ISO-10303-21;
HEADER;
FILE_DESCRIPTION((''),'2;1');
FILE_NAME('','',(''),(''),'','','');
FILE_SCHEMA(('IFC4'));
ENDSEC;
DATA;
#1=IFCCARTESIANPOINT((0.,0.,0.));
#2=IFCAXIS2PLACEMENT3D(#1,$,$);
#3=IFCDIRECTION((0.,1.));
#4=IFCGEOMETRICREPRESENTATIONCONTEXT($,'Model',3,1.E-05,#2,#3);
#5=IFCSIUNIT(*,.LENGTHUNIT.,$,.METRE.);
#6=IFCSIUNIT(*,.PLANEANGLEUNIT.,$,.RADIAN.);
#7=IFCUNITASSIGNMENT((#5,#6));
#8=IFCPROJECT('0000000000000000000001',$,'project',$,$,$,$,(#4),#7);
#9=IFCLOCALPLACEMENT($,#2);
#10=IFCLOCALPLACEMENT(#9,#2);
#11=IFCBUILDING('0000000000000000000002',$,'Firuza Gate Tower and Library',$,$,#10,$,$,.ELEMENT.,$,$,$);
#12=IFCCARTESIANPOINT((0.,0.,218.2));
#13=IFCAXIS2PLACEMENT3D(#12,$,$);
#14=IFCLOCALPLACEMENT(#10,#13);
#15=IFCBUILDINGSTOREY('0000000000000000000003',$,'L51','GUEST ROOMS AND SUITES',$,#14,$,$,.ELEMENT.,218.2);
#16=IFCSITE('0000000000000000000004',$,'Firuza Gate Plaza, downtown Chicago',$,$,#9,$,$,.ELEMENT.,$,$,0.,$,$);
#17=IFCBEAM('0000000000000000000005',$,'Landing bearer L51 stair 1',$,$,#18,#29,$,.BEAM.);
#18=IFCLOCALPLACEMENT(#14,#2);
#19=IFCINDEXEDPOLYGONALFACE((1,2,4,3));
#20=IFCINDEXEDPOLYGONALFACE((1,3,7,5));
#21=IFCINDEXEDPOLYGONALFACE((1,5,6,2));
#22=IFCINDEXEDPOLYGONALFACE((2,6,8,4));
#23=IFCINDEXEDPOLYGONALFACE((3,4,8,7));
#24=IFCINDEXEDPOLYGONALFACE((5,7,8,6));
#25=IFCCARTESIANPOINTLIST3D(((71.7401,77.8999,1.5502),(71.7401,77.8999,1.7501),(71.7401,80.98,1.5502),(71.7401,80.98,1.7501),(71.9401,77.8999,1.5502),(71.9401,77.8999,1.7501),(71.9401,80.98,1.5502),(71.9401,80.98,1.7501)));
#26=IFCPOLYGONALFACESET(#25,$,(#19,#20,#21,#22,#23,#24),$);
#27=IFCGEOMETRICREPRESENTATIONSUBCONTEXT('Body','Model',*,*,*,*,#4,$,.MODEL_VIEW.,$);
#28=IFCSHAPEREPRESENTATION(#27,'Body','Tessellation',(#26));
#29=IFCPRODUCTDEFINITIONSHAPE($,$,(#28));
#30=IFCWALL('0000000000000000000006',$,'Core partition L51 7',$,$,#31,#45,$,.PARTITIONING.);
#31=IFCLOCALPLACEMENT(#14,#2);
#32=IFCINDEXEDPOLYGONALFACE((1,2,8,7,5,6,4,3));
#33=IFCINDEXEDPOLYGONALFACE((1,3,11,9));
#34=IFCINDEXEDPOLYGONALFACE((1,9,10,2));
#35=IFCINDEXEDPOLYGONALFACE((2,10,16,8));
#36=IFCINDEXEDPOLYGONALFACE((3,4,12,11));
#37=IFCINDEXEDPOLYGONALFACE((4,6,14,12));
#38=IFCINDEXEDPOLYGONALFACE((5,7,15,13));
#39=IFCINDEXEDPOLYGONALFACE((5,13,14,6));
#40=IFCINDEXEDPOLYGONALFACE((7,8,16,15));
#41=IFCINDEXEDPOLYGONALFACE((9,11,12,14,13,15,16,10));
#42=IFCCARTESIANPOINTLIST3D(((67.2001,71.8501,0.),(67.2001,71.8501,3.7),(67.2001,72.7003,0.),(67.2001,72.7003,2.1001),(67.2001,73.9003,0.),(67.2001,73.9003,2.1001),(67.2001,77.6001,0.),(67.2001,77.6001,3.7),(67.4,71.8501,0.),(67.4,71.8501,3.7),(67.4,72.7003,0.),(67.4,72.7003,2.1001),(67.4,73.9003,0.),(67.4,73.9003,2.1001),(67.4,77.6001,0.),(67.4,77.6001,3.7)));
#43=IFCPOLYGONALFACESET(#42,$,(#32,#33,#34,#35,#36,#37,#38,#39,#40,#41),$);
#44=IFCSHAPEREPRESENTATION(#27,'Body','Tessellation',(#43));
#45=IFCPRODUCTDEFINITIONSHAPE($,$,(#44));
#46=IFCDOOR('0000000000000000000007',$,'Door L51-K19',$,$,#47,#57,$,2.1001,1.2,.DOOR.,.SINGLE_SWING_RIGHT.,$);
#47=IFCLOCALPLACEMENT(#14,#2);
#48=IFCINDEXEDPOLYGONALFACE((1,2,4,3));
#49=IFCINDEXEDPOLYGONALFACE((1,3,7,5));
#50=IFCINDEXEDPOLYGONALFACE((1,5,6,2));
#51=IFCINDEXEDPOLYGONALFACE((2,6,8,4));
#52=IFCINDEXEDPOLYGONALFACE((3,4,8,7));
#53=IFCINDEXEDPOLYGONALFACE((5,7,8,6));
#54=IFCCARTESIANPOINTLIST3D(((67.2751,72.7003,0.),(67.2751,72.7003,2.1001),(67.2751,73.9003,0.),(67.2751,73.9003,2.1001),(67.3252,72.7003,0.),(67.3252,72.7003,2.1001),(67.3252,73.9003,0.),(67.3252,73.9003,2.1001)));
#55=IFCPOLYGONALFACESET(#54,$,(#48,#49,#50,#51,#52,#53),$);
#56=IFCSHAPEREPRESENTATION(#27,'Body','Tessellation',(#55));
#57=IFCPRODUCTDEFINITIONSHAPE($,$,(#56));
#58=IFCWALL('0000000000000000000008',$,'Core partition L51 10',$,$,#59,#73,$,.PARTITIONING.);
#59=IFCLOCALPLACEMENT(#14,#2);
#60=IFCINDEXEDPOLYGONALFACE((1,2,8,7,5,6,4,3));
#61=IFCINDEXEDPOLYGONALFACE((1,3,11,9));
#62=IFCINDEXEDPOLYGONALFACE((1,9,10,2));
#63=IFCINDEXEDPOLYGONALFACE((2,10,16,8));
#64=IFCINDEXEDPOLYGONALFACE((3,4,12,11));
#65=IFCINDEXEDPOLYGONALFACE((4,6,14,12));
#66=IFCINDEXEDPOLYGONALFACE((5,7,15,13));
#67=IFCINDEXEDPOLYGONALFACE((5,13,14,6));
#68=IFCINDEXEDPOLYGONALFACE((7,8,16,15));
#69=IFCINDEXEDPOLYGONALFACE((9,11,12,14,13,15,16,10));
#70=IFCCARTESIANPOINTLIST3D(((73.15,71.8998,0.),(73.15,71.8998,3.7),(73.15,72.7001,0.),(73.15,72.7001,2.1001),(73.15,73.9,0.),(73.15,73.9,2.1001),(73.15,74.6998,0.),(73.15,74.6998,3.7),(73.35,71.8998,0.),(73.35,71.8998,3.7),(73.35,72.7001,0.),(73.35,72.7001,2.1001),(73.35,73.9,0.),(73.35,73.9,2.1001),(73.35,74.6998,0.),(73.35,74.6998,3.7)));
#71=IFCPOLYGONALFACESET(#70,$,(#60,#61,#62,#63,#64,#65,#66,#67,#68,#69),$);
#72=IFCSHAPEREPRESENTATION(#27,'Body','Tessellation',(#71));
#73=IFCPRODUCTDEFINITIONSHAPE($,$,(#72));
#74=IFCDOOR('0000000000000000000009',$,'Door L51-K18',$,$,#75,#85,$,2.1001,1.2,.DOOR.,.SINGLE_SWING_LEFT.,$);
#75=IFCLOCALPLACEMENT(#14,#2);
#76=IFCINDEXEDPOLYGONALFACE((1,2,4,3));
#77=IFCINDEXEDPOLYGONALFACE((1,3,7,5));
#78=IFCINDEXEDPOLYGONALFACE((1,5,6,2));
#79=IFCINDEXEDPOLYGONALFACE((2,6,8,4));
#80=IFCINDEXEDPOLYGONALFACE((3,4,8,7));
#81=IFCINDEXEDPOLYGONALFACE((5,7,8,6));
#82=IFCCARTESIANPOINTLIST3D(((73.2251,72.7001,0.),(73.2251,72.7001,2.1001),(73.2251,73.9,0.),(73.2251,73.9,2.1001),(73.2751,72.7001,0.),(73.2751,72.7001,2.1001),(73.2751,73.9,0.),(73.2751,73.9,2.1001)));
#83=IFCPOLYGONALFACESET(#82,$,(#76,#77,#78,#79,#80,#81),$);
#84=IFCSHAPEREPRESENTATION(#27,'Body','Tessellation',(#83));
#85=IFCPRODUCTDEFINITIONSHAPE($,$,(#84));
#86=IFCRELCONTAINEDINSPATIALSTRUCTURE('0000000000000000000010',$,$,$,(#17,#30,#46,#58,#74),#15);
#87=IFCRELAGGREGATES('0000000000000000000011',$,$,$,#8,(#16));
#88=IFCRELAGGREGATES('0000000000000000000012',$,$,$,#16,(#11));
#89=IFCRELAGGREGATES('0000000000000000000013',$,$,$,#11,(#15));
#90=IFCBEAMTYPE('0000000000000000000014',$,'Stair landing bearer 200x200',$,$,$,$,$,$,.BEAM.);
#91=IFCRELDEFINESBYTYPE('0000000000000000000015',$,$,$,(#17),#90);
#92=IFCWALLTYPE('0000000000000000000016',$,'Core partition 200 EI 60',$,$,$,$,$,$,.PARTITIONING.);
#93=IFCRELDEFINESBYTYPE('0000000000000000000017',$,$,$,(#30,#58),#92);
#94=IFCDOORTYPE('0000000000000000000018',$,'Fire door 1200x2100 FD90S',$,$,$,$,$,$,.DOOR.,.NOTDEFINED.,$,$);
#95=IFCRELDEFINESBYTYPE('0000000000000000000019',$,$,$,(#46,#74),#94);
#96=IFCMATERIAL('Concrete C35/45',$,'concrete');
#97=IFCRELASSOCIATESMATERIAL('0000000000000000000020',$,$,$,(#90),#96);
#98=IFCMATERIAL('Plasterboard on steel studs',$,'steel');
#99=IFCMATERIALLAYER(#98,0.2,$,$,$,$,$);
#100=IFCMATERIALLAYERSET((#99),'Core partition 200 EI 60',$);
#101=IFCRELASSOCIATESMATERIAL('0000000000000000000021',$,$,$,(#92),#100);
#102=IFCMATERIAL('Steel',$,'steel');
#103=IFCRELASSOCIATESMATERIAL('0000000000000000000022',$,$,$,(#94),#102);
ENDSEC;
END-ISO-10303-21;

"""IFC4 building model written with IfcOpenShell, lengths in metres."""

from ifc_helpers import new_model, si_unit, direction, frame, frame_2d, origin, origin_2d, place, context, subcontext, project, spatial, rectangle, extrude, material, layer, layer_set, material_profile, profile_set, type_object, element, fill, save


model = new_model("IFC4")

# Units and contexts
model_context = context("Model", 3, precision=1e-05, world=origin(), true_north=direction((0.0, 1.0)))
body_context = subcontext(model_context, "Body", "Model", "MODEL_VIEW")
ifc_project = project(units=[si_unit("LENGTHUNIT", "METRE"), si_unit("PLANEANGLEUNIT", "RADIAN")], contexts=[model_context])

# Site, building, storey
site_placement = place(None, origin())
site = spatial("IfcSite", under=ifc_project, at=site_placement, Name="Firuza Gate Plaza, downtown Chicago", CompositionType="ELEMENT", RefElevation=0.0)
building_placement = place(site_placement, origin())
building = spatial("IfcBuilding", under=site, at=building_placement, Name="Firuza Gate Tower and Library", CompositionType="ELEMENT")
storey_placement = place(building_placement, frame((0.0, 0.0, 218.2)))
storey = spatial("IfcBuildingStorey", under=building, at=storey_placement, Name="L51", Description="GUEST ROOMS AND SUITES", CompositionType="ELEMENT", Elevation=218.2)

# Beam
ifc_material_1 = material(Name="Concrete C35/45", Category="concrete")
ifc_material_profile = material_profile(ifc_material_1, rectangle(XDim=0.2, YDim=0.2, at=origin_2d()))
ifc_profile_set = profile_set([ifc_material_profile], Name="Concrete C35/45")
beam_type = type_object("IfcBeamType", Name="Stair landing bearer 200x200", PredefinedType="BEAM", material=ifc_profile_set)
beam_placement = place(storey_placement, frame((71.8401, 77.8999, 1.6501), z_axis=(0.0, 1.0, 0.0), x_axis=(-1.0, 0.0, 0.0)))
element("IfcBeam", 1, at=beam_placement, inside=storey, type_object=beam_type, Name="Landing bearer L51 stair 1", PredefinedType="BEAM", context=body_context, shape_type="SweptSolid", body=[
    extrude(rectangle(XDim=0.2, YDim=0.2, at=origin_2d()), origin(), (0.0, 0.0, 1.0), 3.0801),
])

# Walls, openings, doors
ifc_material_2 = material(Name="Plasterboard on steel studs", Category="steel")
ifc_layer_1 = layer(ifc_material_2, 0.2)
ifc_layer_set_1 = layer_set([ifc_layer_1], Name="Core partition 200 EI 60")
wall_type_1 = type_object("IfcWallType", Name="Core partition 200 EI 60", PredefinedType="PARTITIONING", material=ifc_layer_set_1)
wall_1_placement = place(storey_placement, frame((67.3, 71.8501, 0.0), z_axis=(0.0, 0.0, 1.0), x_axis=(0.0, 1.0, 0.0)))
wall_1 = element("IfcWall", 2, at=wall_1_placement, inside=storey, type_object=wall_type_1, Name="Core partition L51 7", PredefinedType="PARTITIONING", context=body_context, shape_type="SweptSolid", body=[
    extrude(rectangle(XDim=5.75, YDim=0.2, at=frame_2d((2.875, 0.0))), origin(), (0.0, 0.0, 1.0), 3.7),
])
opening_1_placement = place(wall_1_placement, frame((0.8501, 0.0, 0.0)))
opening_1 = element("IfcOpeningElement", 3, at=opening_1_placement, cuts=wall_1, PredefinedType="OPENING", context=body_context, shape_type="SweptSolid", body=[
    extrude(rectangle(XDim=1.2, YDim=2.1001, at=frame_2d((0.6001, 1.05))), frame((0.0, 0.1099, 0.0), z_axis=(0.0, -1.0, 0.0), x_axis=(1.0, 0.0, 0.0)), (0.0, 0.0, 1.0), 0.22),
])
ifc_material_3 = material(Name="Steel", Category="steel")
door_type_1 = type_object("IfcDoorType", Name="Fire door 1200x2100 FD90S", OperationType="NOTDEFINED", PredefinedType="DOOR", material=ifc_material_3)
door_1_placement = place(opening_1_placement, origin())
door_1 = element("IfcDoor", 4, at=door_1_placement, inside=storey, type_object=door_type_1, Name="Door L51-K19", OperationType="SINGLE_SWING_RIGHT", OverallHeight=2.1001, OverallWidth=1.2, PredefinedType="DOOR", context=body_context, shape_type="SweptSolid", body=[
    extrude(rectangle(XDim=1.2, YDim=2.1001, at=frame_2d((0.6001, 1.05))), frame((0.0, 0.0249, 0.0), z_axis=(0.0, -1.0, 0.0), x_axis=(1.0, 0.0, 0.0)), (0.0, 0.0, 1.0), 0.05),
])
fill(opening_1, door_1)
wall_2_placement = place(storey_placement, frame((73.25, 71.8999, 0.0), z_axis=(0.0, 0.0, 1.0), x_axis=(0.0, 1.0, 0.0)))
wall_2 = element("IfcWall", 5, at=wall_2_placement, inside=storey, type_object=wall_type_1, Name="Core partition L51 10", PredefinedType="PARTITIONING", context=body_context, shape_type="SweptSolid", body=[
    extrude(rectangle(XDim=2.8, YDim=0.2, at=frame_2d((1.3999, 0.0))), origin(), (0.0, 0.0, 1.0), 3.7),
])
opening_2_placement = place(wall_2_placement, frame((0.8, 0.0, 0.0)))
opening_2 = element("IfcOpeningElement", 6, at=opening_2_placement, cuts=wall_2, PredefinedType="OPENING", context=body_context, shape_type="SweptSolid", body=[
    extrude(rectangle(XDim=1.2, YDim=2.1001, at=frame_2d((0.6001, 1.05))), frame((0.0, 0.1099, 0.0), z_axis=(0.0, -1.0, 0.0), x_axis=(1.0, 0.0, 0.0)), (0.0, 0.0, 1.0), 0.22),
])
door_2_placement = place(opening_2_placement, origin())
door_2 = element("IfcDoor", 7, at=door_2_placement, inside=storey, type_object=door_type_1, Name="Door L51-K18", OperationType="SINGLE_SWING_LEFT", OverallHeight=2.1001, OverallWidth=1.2, PredefinedType="DOOR", context=body_context, shape_type="SweptSolid", body=[
    extrude(rectangle(XDim=1.2, YDim=2.1001, at=frame_2d((0.6001, 1.05))), frame((0.0, 0.0249, 0.0), z_axis=(0.0, -1.0, 0.0), x_axis=(1.0, 0.0, 0.0)), (0.0, 0.0, 1.0), 0.05),
])
fill(opening_2, door_2)

save(model, "model.ifc")
